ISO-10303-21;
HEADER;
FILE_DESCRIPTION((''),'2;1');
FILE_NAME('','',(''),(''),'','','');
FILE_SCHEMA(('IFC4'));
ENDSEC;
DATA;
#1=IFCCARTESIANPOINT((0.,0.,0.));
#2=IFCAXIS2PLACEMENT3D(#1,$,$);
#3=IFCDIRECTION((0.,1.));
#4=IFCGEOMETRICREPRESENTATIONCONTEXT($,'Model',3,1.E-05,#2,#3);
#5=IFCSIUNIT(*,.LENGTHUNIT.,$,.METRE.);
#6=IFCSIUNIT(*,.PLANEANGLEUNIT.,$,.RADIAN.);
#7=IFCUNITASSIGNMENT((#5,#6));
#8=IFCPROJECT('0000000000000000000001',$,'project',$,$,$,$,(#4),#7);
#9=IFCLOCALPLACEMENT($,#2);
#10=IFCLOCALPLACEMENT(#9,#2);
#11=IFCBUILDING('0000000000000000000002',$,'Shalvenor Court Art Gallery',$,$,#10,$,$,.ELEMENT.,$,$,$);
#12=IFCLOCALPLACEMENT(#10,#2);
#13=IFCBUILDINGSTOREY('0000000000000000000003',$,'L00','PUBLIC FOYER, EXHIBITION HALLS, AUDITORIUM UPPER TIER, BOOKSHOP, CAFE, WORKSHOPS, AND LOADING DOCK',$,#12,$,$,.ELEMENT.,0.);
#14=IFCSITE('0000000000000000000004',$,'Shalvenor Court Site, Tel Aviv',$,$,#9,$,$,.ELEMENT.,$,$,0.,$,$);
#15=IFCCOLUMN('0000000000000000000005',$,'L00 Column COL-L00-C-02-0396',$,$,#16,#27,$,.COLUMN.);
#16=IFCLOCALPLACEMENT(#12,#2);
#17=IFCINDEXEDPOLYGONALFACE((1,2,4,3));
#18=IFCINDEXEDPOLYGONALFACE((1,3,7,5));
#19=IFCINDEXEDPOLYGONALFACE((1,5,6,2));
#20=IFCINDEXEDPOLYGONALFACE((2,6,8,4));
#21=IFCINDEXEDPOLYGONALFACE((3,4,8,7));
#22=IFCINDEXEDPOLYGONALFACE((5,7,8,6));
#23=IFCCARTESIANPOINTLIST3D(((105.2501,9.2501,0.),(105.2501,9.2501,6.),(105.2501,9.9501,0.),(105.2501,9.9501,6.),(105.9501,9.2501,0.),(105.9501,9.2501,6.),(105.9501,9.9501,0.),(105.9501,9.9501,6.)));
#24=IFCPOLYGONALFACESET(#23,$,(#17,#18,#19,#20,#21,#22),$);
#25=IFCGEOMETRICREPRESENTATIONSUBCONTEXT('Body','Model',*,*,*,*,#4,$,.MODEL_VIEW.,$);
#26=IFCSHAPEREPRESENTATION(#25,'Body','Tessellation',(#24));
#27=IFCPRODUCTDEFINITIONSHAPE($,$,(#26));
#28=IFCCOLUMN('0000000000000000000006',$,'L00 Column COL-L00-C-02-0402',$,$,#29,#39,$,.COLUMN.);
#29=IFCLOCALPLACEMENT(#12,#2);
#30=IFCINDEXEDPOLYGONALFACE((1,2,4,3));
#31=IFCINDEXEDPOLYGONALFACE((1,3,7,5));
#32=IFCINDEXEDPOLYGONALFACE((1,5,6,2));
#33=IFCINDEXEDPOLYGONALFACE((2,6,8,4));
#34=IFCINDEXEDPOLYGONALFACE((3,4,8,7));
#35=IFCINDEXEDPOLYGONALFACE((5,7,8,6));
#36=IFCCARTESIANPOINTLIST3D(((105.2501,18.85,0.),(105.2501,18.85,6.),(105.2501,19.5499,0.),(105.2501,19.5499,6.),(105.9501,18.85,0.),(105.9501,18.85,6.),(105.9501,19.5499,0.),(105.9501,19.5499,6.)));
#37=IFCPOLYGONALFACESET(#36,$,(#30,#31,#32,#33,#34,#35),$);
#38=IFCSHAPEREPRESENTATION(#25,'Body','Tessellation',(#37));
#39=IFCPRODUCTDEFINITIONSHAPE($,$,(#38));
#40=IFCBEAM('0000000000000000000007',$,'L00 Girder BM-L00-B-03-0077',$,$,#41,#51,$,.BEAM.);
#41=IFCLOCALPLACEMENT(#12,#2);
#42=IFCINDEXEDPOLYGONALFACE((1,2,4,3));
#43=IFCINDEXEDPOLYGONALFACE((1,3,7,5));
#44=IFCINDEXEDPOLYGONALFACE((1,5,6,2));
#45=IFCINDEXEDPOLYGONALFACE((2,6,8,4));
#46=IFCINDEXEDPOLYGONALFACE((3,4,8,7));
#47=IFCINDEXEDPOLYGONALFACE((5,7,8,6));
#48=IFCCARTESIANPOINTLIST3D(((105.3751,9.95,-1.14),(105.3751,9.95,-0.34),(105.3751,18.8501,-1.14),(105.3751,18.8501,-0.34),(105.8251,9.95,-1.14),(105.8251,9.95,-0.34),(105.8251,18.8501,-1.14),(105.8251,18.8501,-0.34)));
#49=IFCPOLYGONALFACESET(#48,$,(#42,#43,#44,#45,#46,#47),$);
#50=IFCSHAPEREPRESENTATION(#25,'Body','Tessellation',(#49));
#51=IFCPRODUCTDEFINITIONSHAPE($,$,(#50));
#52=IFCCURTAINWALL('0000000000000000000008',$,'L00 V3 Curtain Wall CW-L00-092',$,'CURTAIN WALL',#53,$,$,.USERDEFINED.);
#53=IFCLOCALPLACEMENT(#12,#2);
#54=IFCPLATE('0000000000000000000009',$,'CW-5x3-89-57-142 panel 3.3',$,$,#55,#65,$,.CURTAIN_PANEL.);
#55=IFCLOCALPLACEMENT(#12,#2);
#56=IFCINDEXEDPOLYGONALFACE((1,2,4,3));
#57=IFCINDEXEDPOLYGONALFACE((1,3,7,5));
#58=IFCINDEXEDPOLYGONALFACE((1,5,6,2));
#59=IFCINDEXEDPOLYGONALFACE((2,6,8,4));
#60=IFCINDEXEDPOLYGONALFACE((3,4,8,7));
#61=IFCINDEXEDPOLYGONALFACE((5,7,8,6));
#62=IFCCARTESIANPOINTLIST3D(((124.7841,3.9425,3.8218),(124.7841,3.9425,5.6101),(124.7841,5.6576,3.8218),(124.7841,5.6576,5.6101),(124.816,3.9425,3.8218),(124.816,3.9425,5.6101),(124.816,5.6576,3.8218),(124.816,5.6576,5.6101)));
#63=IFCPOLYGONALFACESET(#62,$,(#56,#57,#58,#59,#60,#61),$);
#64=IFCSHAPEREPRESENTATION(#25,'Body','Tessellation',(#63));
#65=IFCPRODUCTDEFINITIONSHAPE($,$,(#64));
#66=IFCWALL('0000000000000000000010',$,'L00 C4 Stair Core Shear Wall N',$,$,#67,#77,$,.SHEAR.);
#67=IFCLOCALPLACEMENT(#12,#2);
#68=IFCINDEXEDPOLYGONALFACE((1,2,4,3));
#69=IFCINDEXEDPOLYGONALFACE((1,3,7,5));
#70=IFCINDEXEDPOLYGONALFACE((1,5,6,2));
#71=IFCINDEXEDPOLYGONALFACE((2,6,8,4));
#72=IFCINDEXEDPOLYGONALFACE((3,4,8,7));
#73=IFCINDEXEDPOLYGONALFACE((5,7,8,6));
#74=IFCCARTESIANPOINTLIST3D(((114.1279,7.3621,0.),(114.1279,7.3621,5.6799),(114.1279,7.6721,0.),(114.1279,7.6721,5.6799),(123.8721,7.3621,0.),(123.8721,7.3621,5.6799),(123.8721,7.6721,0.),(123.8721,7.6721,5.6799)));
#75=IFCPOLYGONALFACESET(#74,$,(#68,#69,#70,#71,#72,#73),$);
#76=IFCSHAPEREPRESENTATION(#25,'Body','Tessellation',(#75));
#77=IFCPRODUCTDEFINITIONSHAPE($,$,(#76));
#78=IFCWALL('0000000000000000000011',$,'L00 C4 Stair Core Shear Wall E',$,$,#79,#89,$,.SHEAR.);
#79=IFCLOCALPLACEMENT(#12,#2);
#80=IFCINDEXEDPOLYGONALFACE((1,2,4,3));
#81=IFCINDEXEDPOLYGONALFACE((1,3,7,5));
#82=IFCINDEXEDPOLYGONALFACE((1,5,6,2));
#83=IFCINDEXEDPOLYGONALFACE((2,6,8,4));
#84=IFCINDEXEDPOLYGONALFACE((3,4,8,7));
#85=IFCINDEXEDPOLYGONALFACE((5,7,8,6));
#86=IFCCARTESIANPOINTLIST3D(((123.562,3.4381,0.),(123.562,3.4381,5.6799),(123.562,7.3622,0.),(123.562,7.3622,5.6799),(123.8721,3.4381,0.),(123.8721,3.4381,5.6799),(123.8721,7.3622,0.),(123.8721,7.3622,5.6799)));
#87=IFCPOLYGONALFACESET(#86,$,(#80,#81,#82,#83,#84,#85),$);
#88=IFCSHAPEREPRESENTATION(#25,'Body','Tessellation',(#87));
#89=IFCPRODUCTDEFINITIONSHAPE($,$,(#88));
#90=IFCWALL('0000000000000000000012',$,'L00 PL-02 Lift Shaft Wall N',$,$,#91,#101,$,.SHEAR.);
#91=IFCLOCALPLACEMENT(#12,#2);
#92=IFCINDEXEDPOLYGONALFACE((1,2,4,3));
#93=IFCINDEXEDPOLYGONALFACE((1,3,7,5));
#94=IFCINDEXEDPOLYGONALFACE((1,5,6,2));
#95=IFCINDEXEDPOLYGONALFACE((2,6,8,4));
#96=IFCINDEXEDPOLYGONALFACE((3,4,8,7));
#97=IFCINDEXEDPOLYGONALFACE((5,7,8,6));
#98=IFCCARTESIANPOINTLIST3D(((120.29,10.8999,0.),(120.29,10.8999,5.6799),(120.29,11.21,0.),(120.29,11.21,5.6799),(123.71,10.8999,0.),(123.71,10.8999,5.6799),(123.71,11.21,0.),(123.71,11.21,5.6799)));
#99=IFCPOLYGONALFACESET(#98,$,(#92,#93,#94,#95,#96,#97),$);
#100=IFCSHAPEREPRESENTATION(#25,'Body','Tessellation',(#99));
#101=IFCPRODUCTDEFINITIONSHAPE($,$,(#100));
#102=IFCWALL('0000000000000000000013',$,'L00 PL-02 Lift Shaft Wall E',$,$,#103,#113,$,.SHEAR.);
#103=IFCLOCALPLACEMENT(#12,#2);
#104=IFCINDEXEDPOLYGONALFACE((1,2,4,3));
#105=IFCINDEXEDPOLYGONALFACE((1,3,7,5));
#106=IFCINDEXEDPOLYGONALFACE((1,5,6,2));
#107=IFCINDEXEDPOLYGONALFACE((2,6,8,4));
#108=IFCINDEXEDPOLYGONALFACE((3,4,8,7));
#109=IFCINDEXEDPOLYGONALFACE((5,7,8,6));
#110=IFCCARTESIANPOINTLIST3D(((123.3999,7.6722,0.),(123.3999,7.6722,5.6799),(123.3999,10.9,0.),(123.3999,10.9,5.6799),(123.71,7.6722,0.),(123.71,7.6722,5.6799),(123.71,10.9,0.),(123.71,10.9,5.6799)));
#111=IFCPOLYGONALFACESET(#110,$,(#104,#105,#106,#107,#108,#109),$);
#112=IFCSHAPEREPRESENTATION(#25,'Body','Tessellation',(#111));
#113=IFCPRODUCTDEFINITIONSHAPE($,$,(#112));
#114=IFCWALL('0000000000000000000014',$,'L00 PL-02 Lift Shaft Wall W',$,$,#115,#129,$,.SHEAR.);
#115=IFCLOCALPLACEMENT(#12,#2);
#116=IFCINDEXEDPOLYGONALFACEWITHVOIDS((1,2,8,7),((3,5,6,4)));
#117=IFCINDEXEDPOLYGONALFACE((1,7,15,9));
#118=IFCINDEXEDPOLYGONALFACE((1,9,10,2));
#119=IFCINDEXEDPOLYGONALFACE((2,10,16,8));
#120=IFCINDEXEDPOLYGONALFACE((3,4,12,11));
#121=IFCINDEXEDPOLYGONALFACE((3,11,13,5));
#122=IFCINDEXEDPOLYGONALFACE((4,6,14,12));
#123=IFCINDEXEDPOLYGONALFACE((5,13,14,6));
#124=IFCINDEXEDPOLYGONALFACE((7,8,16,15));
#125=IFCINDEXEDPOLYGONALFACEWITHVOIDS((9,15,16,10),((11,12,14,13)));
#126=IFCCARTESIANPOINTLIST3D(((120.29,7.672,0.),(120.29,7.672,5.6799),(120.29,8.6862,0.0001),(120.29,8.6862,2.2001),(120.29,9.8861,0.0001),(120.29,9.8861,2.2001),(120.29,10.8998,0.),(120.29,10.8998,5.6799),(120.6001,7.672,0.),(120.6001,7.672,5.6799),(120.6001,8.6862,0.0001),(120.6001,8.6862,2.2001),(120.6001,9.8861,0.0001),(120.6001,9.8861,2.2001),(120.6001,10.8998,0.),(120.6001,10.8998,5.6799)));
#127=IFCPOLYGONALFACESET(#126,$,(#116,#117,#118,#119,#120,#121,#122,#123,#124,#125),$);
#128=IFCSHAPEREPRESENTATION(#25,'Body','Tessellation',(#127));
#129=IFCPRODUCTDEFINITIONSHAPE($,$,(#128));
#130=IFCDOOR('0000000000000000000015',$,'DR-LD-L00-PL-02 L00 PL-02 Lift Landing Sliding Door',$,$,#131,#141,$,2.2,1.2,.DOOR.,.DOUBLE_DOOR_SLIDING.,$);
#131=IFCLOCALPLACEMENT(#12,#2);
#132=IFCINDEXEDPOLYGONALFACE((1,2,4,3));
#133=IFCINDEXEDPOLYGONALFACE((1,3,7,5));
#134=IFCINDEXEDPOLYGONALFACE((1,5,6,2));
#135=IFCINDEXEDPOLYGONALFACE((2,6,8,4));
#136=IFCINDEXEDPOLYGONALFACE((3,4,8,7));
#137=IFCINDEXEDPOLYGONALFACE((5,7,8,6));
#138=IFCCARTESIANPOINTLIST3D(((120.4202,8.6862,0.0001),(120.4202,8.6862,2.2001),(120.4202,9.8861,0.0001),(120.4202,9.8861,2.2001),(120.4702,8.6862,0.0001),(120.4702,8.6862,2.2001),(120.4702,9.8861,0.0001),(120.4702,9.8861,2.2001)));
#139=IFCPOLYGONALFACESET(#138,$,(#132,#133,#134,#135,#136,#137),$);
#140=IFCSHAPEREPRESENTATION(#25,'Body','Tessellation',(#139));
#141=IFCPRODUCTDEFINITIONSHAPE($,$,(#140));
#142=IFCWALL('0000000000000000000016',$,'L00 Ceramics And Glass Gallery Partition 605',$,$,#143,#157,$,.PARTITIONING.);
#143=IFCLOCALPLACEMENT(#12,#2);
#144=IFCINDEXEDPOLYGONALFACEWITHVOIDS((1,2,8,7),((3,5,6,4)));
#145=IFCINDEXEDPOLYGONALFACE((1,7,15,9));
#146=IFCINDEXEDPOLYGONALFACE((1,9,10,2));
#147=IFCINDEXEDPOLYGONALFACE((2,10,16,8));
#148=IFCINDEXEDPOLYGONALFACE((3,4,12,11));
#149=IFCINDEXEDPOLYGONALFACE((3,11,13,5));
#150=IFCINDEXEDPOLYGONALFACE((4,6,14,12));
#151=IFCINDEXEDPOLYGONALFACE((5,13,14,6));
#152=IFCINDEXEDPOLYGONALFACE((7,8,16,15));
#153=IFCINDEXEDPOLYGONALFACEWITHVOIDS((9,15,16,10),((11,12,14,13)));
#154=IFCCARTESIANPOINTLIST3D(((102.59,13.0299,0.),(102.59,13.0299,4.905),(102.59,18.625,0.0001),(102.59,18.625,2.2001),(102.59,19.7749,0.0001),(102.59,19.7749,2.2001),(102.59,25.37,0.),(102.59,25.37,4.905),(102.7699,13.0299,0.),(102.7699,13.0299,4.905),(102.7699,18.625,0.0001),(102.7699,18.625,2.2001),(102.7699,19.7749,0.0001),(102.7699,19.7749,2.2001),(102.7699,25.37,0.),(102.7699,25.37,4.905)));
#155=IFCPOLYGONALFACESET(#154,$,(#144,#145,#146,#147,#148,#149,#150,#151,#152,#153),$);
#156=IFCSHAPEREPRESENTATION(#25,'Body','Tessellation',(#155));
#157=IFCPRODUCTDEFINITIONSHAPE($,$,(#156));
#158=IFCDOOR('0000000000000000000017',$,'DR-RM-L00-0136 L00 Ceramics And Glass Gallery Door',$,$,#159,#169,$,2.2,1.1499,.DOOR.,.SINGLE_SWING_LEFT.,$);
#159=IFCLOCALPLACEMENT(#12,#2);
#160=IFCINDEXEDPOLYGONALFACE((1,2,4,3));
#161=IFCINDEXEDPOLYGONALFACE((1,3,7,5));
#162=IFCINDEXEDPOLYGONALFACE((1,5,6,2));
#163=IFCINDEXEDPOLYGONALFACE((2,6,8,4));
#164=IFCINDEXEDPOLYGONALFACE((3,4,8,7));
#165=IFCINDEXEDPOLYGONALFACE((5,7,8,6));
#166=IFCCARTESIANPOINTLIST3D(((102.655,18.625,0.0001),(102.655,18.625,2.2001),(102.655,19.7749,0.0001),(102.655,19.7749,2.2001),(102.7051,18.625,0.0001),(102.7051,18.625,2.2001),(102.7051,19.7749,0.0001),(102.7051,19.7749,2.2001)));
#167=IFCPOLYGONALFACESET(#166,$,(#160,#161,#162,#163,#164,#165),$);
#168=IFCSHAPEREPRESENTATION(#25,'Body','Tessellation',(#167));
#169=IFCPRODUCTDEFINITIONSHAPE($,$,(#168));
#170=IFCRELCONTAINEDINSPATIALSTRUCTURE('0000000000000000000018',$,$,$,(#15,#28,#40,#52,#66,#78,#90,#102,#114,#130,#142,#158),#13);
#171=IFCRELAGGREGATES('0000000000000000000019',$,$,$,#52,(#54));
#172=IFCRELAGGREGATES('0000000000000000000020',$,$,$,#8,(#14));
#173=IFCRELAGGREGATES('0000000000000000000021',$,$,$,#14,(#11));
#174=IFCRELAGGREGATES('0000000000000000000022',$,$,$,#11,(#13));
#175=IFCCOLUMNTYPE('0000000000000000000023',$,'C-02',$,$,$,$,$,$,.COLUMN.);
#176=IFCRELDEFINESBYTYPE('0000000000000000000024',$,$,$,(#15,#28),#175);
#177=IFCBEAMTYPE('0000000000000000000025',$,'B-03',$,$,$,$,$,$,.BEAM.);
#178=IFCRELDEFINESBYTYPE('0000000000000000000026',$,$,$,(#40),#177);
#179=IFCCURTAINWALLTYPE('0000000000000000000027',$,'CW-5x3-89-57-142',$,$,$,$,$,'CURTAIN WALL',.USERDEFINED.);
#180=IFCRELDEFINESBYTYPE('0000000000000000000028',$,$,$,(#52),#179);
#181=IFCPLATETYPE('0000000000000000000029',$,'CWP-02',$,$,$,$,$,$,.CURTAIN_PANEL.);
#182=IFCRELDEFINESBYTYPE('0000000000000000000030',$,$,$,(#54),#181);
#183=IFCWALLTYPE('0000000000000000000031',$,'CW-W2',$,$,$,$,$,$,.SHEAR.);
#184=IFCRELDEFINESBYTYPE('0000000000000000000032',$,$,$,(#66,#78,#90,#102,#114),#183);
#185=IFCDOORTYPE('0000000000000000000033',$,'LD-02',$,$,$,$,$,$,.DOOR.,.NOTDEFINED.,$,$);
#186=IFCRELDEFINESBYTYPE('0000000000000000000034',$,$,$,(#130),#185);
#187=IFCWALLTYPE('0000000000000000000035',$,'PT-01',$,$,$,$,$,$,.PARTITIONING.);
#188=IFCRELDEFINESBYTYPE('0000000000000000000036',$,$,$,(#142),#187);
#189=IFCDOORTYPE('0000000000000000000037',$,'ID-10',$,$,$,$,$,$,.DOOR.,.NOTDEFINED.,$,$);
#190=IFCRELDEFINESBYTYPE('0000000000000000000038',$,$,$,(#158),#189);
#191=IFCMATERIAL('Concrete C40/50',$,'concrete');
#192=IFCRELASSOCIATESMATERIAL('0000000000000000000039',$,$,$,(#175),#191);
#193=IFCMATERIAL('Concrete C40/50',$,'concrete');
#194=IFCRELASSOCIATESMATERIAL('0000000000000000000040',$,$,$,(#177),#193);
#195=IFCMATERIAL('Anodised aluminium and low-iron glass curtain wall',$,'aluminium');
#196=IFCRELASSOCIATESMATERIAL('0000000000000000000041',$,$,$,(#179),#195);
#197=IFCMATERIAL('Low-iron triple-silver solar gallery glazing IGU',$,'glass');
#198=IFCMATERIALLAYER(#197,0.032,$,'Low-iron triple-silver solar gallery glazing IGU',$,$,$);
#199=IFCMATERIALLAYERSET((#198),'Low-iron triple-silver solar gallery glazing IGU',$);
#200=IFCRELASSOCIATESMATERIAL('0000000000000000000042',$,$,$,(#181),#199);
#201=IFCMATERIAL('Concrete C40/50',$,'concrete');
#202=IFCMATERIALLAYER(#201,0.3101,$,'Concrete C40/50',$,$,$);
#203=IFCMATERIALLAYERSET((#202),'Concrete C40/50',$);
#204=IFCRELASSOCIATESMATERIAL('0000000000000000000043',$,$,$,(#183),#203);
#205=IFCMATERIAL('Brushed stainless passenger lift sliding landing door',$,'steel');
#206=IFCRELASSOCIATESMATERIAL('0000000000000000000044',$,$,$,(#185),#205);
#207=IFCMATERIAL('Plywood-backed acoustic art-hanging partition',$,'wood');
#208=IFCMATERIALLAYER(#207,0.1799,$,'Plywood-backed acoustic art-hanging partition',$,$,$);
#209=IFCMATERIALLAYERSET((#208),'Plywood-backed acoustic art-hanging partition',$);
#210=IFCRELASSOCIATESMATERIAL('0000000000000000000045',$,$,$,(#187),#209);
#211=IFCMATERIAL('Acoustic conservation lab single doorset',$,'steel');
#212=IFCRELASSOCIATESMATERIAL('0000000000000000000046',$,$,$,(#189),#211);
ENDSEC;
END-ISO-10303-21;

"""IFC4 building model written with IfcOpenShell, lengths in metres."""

from ifc_helpers import new_model, si_unit, direction, frame, frame_2d, origin, origin_2d, place, context, subcontext, project, spatial, rectangle, extrude, material, layer, layer_set, material_profile, profile_set, type_object, element, fill, aggregate, save


model = new_model("IFC4")

# Units and contexts
model_context = context("Model", 3, precision=1e-05, world=origin(), true_north=direction((0.0, 1.0)))
body_context = subcontext(model_context, "Body", "Model", "MODEL_VIEW")
ifc_project = project(units=[si_unit("LENGTHUNIT", "METRE"), si_unit("PLANEANGLEUNIT", "RADIAN")], contexts=[model_context])

# Site, building, storey
site_placement = place(None, origin())
site = spatial("IfcSite", under=ifc_project, at=site_placement, Name="Shalvenor Court Site, Tel Aviv", CompositionType="ELEMENT", RefElevation=0.0)
building_placement = place(site_placement, origin())
building = spatial("IfcBuilding", under=site, at=building_placement, Name="Shalvenor Court Art Gallery", CompositionType="ELEMENT")
storey_placement = place(building_placement, origin())
storey = spatial("IfcBuildingStorey", under=building, at=storey_placement, Name="L00", Description="PUBLIC FOYER, EXHIBITION HALLS, AUDITORIUM UPPER TIER, BOOKSHOP, CAFE, WORKSHOPS, AND LOADING DOCK", CompositionType="ELEMENT", Elevation=0.0)

# Columns
ifc_material_1 = material(Name="Concrete C40/50", Category="concrete")
ifc_material_profile_1 = material_profile(ifc_material_1, rectangle(XDim=0.7, YDim=0.7, at=origin_2d()), Name="RC 700x700")
ifc_profile_set_1 = profile_set([ifc_material_profile_1], Name="Concrete C40/50")
column_type = type_object("IfcColumnType", Name="C-02", PredefinedType="COLUMN", material=ifc_profile_set_1)
for number, where, z_axis, x_axis, name in (
    (1, (105.6001, 9.6001, 0.0), (0.0, 0.0, 1.0), (1.0, 0.0, 0.0), "L00 Column COL-L00-C-02-0396"),
    (2, (105.6001, 19.2, 0.0), (0.0, 0.0, 1.0), (1.0, 0.0, 0.0), "L00 Column COL-L00-C-02-0402"),
):
    element("IfcColumn", number, at=place(storey_placement, frame(where, z_axis=z_axis, x_axis=x_axis)), inside=storey, type_object=column_type, Name=name, PredefinedType="COLUMN", context=body_context, shape_type="SweptSolid", body=[
        extrude(rectangle(XDim=0.7, YDim=0.7, at=origin_2d()), origin(), (0.0, 0.0, 1.0), 6.0),
    ])

# Beam
ifc_material_2 = material(Name="Concrete C40/50", Category="concrete")
ifc_material_profile_2 = material_profile(ifc_material_2, rectangle(XDim=0.45, YDim=0.8, at=origin_2d()), Name="RC 450x800")
ifc_profile_set_2 = profile_set([ifc_material_profile_2], Name="Concrete C40/50")
beam_type = type_object("IfcBeamType", Name="B-03", PredefinedType="BEAM", material=ifc_profile_set_2)
beam_placement = place(storey_placement, frame((105.6001, 9.95, -0.74), z_axis=(0.0, 1.0, 0.0), x_axis=(-1.0, 0.0, 0.0)))
element("IfcBeam", 3, at=beam_placement, inside=storey, type_object=beam_type, Name="L00 Girder BM-L00-B-03-0077", PredefinedType="BEAM", context=body_context, shape_type="SweptSolid", body=[
    extrude(rectangle(XDim=0.45, YDim=0.8, at=origin_2d()), origin(), (0.0, 0.0, 1.0), 8.9001),
])

# Curtain wall, plate
ifc_material_3 = material(Name="Anodised aluminium and low-iron glass curtain wall", Category="aluminium")
curtain_wall_type = type_object("IfcCurtainWallType", Name="CW-5x3-89-57-142", ElementType="CURTAIN WALL", PredefinedType="USERDEFINED", material=ifc_material_3)
curtain_wall_placement = place(storey_placement, origin())
curtain_wall = element("IfcCurtainWall", 4, at=curtain_wall_placement, inside=storey, type_object=curtain_wall_type, Name="L00 V3 Curtain Wall CW-L00-092", ObjectType="CURTAIN WALL", PredefinedType="USERDEFINED")
ifc_material_4 = material(Name="Low-iron triple-silver solar gallery glazing IGU", Category="glass")
ifc_layer_1 = layer(ifc_material_4, 0.032, Name="Low-iron triple-silver solar gallery glazing IGU")
ifc_layer_set_1 = layer_set([ifc_layer_1], Name="Low-iron triple-silver solar gallery glazing IGU")
plate_type = type_object("IfcPlateType", Name="CWP-02", PredefinedType="CURTAIN_PANEL", material=ifc_layer_set_1)
plate_placement = place(storey_placement, frame((124.8, 4.8, 3.8218), z_axis=(0.0, 0.0, 1.0), x_axis=(0.0, -1.0, 0.0)))
plate = element("IfcPlate", 5, at=plate_placement, type_object=plate_type, Name="CW-5x3-89-57-142 panel 3.3", PredefinedType="CURTAIN_PANEL", context=body_context, shape_type="SweptSolid", body=[
    extrude(rectangle(XDim=1.7151, YDim=0.032, at=origin_2d()), origin(), (0.0, 0.0, 1.0), 1.7883),
])
aggregate(curtain_wall, [plate])

# Walls
ifc_material_5 = material(Name="Concrete C40/50", Category="concrete")
ifc_layer_2 = layer(ifc_material_5, 0.3101, Name="Concrete C40/50")
ifc_layer_set_2 = layer_set([ifc_layer_2], Name="Concrete C40/50")
wall_type_1 = type_object("IfcWallType", Name="CW-W2", PredefinedType="SHEAR", material=ifc_layer_set_2)
wall_1_placement = place(storey_placement, frame((114.1279, 7.5171, 0.0), z_axis=(0.0, 0.0, 1.0), x_axis=(1.0, 0.0, 0.0)))
element("IfcWall", 6, at=wall_1_placement, inside=storey, type_object=wall_type_1, Name="L00 C4 Stair Core Shear Wall N", PredefinedType="SHEAR", context=body_context, shape_type="SweptSolid", body=[
    extrude(rectangle(XDim=9.7441, YDim=0.3101, at=frame_2d((4.8721, 0.0))), origin(), (0.0, 0.0, 1.0), 5.6799),
])
wall_2_placement = place(storey_placement, frame((123.717, 7.3621, 0.0), z_axis=(0.0, 0.0, 1.0), x_axis=(0.0, -1.0, 0.0)))
element("IfcWall", 7, at=wall_2_placement, inside=storey, type_object=wall_type_1, Name="L00 C4 Stair Core Shear Wall E", PredefinedType="SHEAR", context=body_context, shape_type="SweptSolid", body=[
    extrude(rectangle(XDim=3.9241, YDim=0.3101, at=frame_2d((1.9619, 0.0))), origin(), (0.0, 0.0, 1.0), 5.6799),
])
wall_3_placement = place(storey_placement, frame((120.29, 11.0549, 0.0), z_axis=(0.0, 0.0, 1.0), x_axis=(1.0, 0.0, 0.0)))
element("IfcWall", 8, at=wall_3_placement, inside=storey, type_object=wall_type_1, Name="L00 PL-02 Lift Shaft Wall N", PredefinedType="SHEAR", context=body_context, shape_type="SweptSolid", body=[
    extrude(rectangle(XDim=3.4199, YDim=0.3101, at=frame_2d((1.71, 0.0))), origin(), (0.0, 0.0, 1.0), 5.6799),
])
wall_4_placement = place(storey_placement, frame((123.5549, 10.8999, 0.0), z_axis=(0.0, 0.0, 1.0), x_axis=(0.0, -1.0, 0.0)))
element("IfcWall", 9, at=wall_4_placement, inside=storey, type_object=wall_type_1, Name="L00 PL-02 Lift Shaft Wall E", PredefinedType="SHEAR", context=body_context, shape_type="SweptSolid", body=[
    extrude(rectangle(XDim=3.2278, YDim=0.3101, at=frame_2d((1.6138, 0.0))), origin(), (0.0, 0.0, 1.0), 5.6799),
])

# Walls, openings, doors
wall_5_placement = place(storey_placement, frame((120.4451, 7.6721, 0.0), z_axis=(0.0, 0.0, 1.0), x_axis=(0.0, 1.0, 0.0)))
wall_5 = element("IfcWall", 10, at=wall_5_placement, inside=storey, type_object=wall_type_1, Name="L00 PL-02 Lift Shaft Wall W", PredefinedType="SHEAR", context=body_context, shape_type="SweptSolid", body=[
    extrude(rectangle(XDim=3.2278, YDim=0.3101, at=frame_2d((1.6138, 0.0))), origin(), (0.0, 0.0, 1.0), 5.6799),
])
opening_1_placement = place(wall_5_placement, frame((1.0139, 0.0, 0.0)))
opening_1 = element("IfcOpeningElement", 11, at=opening_1_placement, cuts=wall_5, PredefinedType="OPENING", context=body_context, shape_type="SweptSolid", body=[
    extrude(rectangle(XDim=1.2, YDim=2.2, at=frame_2d((0.6001, 1.1001))), frame((0.0, 0.165, 0.0), z_axis=(0.0, -1.0, 0.0), x_axis=(1.0, 0.0, 0.0)), (0.0, 0.0, 1.0), 0.3301),
])
ifc_material_6 = material(Name="Brushed stainless passenger lift sliding landing door", Category="steel")
door_type_1 = type_object("IfcDoorType", Name="LD-02", OperationType="NOTDEFINED", PredefinedType="DOOR", material=ifc_material_6)
door_1_placement = place(opening_1_placement, origin())
door_1 = element("IfcDoor", 12, at=door_1_placement, inside=storey, type_object=door_type_1, Name="DR-LD-L00-PL-02 L00 PL-02 Lift Landing Sliding Door", OperationType="DOUBLE_DOOR_SLIDING", OverallHeight=2.2, OverallWidth=1.2, PredefinedType="DOOR", context=body_context, shape_type="SweptSolid", body=[
    extrude(rectangle(XDim=1.2, YDim=2.2, at=frame_2d((0.6001, 1.1001))), frame((0.0, 0.0249, 0.0), z_axis=(0.0, -1.0, 0.0), x_axis=(1.0, 0.0, 0.0)), (0.0, 0.0, 1.0), 0.05),
])
fill(opening_1, door_1)
ifc_material_7 = material(Name="Plywood-backed acoustic art-hanging partition", Category="wood")
ifc_layer_3 = layer(ifc_material_7, 0.1799, Name="Plywood-backed acoustic art-hanging partition")
ifc_layer_set_3 = layer_set([ifc_layer_3], Name="Plywood-backed acoustic art-hanging partition")
wall_type_2 = type_object("IfcWallType", Name="PT-01", PredefinedType="PARTITIONING", material=ifc_layer_set_3)
wall_6_placement = place(storey_placement, frame((102.6799, 13.03, 0.0), z_axis=(0.0, 0.0, 1.0), x_axis=(0.0, 1.0, 0.0)))
wall_6 = element("IfcWall", 13, at=wall_6_placement, inside=storey, type_object=wall_type_2, Name="L00 Ceramics And Glass Gallery Partition 605", PredefinedType="PARTITIONING", context=body_context, shape_type="SweptSolid", body=[
    extrude(rectangle(XDim=12.3401, YDim=0.1799, at=frame_2d((6.1699, 0.0))), origin(), (0.0, 0.0, 1.0), 4.905),
])
opening_2_placement = place(wall_6_placement, frame((5.595, 0.0, 0.0)))
opening_2 = element("IfcOpeningElement", 14, at=opening_2_placement, cuts=wall_6, PredefinedType="OPENING", context=body_context, shape_type="SweptSolid", body=[
    extrude(rectangle(XDim=1.1499, YDim=2.2, at=frame_2d((0.575, 1.1001))), frame((0.0, 0.0999, 0.0), z_axis=(0.0, -1.0, 0.0), x_axis=(1.0, 0.0, 0.0)), (0.0, 0.0, 1.0), 0.2),
])
ifc_material_8 = material(Name="Acoustic conservation lab single doorset", Category="steel")
door_type_2 = type_object("IfcDoorType", Name="ID-10", OperationType="NOTDEFINED", PredefinedType="DOOR", material=ifc_material_8)
door_2_placement = place(opening_2_placement, origin())
door_2 = element("IfcDoor", 15, at=door_2_placement, inside=storey, type_object=door_type_2, Name="DR-RM-L00-0136 L00 Ceramics And Glass Gallery Door", OperationType="SINGLE_SWING_LEFT", OverallHeight=2.2, OverallWidth=1.1499, PredefinedType="DOOR", context=body_context, shape_type="SweptSolid", body=[
    extrude(rectangle(XDim=1.1499, YDim=2.2, at=frame_2d((0.575, 1.1001))), frame((0.0, 0.0249, 0.0), z_axis=(0.0, -1.0, 0.0), x_axis=(1.0, 0.0, 0.0)), (0.0, 0.0, 1.0), 0.05),
])
fill(opening_2, door_2)

save(model, "model.ifc")
